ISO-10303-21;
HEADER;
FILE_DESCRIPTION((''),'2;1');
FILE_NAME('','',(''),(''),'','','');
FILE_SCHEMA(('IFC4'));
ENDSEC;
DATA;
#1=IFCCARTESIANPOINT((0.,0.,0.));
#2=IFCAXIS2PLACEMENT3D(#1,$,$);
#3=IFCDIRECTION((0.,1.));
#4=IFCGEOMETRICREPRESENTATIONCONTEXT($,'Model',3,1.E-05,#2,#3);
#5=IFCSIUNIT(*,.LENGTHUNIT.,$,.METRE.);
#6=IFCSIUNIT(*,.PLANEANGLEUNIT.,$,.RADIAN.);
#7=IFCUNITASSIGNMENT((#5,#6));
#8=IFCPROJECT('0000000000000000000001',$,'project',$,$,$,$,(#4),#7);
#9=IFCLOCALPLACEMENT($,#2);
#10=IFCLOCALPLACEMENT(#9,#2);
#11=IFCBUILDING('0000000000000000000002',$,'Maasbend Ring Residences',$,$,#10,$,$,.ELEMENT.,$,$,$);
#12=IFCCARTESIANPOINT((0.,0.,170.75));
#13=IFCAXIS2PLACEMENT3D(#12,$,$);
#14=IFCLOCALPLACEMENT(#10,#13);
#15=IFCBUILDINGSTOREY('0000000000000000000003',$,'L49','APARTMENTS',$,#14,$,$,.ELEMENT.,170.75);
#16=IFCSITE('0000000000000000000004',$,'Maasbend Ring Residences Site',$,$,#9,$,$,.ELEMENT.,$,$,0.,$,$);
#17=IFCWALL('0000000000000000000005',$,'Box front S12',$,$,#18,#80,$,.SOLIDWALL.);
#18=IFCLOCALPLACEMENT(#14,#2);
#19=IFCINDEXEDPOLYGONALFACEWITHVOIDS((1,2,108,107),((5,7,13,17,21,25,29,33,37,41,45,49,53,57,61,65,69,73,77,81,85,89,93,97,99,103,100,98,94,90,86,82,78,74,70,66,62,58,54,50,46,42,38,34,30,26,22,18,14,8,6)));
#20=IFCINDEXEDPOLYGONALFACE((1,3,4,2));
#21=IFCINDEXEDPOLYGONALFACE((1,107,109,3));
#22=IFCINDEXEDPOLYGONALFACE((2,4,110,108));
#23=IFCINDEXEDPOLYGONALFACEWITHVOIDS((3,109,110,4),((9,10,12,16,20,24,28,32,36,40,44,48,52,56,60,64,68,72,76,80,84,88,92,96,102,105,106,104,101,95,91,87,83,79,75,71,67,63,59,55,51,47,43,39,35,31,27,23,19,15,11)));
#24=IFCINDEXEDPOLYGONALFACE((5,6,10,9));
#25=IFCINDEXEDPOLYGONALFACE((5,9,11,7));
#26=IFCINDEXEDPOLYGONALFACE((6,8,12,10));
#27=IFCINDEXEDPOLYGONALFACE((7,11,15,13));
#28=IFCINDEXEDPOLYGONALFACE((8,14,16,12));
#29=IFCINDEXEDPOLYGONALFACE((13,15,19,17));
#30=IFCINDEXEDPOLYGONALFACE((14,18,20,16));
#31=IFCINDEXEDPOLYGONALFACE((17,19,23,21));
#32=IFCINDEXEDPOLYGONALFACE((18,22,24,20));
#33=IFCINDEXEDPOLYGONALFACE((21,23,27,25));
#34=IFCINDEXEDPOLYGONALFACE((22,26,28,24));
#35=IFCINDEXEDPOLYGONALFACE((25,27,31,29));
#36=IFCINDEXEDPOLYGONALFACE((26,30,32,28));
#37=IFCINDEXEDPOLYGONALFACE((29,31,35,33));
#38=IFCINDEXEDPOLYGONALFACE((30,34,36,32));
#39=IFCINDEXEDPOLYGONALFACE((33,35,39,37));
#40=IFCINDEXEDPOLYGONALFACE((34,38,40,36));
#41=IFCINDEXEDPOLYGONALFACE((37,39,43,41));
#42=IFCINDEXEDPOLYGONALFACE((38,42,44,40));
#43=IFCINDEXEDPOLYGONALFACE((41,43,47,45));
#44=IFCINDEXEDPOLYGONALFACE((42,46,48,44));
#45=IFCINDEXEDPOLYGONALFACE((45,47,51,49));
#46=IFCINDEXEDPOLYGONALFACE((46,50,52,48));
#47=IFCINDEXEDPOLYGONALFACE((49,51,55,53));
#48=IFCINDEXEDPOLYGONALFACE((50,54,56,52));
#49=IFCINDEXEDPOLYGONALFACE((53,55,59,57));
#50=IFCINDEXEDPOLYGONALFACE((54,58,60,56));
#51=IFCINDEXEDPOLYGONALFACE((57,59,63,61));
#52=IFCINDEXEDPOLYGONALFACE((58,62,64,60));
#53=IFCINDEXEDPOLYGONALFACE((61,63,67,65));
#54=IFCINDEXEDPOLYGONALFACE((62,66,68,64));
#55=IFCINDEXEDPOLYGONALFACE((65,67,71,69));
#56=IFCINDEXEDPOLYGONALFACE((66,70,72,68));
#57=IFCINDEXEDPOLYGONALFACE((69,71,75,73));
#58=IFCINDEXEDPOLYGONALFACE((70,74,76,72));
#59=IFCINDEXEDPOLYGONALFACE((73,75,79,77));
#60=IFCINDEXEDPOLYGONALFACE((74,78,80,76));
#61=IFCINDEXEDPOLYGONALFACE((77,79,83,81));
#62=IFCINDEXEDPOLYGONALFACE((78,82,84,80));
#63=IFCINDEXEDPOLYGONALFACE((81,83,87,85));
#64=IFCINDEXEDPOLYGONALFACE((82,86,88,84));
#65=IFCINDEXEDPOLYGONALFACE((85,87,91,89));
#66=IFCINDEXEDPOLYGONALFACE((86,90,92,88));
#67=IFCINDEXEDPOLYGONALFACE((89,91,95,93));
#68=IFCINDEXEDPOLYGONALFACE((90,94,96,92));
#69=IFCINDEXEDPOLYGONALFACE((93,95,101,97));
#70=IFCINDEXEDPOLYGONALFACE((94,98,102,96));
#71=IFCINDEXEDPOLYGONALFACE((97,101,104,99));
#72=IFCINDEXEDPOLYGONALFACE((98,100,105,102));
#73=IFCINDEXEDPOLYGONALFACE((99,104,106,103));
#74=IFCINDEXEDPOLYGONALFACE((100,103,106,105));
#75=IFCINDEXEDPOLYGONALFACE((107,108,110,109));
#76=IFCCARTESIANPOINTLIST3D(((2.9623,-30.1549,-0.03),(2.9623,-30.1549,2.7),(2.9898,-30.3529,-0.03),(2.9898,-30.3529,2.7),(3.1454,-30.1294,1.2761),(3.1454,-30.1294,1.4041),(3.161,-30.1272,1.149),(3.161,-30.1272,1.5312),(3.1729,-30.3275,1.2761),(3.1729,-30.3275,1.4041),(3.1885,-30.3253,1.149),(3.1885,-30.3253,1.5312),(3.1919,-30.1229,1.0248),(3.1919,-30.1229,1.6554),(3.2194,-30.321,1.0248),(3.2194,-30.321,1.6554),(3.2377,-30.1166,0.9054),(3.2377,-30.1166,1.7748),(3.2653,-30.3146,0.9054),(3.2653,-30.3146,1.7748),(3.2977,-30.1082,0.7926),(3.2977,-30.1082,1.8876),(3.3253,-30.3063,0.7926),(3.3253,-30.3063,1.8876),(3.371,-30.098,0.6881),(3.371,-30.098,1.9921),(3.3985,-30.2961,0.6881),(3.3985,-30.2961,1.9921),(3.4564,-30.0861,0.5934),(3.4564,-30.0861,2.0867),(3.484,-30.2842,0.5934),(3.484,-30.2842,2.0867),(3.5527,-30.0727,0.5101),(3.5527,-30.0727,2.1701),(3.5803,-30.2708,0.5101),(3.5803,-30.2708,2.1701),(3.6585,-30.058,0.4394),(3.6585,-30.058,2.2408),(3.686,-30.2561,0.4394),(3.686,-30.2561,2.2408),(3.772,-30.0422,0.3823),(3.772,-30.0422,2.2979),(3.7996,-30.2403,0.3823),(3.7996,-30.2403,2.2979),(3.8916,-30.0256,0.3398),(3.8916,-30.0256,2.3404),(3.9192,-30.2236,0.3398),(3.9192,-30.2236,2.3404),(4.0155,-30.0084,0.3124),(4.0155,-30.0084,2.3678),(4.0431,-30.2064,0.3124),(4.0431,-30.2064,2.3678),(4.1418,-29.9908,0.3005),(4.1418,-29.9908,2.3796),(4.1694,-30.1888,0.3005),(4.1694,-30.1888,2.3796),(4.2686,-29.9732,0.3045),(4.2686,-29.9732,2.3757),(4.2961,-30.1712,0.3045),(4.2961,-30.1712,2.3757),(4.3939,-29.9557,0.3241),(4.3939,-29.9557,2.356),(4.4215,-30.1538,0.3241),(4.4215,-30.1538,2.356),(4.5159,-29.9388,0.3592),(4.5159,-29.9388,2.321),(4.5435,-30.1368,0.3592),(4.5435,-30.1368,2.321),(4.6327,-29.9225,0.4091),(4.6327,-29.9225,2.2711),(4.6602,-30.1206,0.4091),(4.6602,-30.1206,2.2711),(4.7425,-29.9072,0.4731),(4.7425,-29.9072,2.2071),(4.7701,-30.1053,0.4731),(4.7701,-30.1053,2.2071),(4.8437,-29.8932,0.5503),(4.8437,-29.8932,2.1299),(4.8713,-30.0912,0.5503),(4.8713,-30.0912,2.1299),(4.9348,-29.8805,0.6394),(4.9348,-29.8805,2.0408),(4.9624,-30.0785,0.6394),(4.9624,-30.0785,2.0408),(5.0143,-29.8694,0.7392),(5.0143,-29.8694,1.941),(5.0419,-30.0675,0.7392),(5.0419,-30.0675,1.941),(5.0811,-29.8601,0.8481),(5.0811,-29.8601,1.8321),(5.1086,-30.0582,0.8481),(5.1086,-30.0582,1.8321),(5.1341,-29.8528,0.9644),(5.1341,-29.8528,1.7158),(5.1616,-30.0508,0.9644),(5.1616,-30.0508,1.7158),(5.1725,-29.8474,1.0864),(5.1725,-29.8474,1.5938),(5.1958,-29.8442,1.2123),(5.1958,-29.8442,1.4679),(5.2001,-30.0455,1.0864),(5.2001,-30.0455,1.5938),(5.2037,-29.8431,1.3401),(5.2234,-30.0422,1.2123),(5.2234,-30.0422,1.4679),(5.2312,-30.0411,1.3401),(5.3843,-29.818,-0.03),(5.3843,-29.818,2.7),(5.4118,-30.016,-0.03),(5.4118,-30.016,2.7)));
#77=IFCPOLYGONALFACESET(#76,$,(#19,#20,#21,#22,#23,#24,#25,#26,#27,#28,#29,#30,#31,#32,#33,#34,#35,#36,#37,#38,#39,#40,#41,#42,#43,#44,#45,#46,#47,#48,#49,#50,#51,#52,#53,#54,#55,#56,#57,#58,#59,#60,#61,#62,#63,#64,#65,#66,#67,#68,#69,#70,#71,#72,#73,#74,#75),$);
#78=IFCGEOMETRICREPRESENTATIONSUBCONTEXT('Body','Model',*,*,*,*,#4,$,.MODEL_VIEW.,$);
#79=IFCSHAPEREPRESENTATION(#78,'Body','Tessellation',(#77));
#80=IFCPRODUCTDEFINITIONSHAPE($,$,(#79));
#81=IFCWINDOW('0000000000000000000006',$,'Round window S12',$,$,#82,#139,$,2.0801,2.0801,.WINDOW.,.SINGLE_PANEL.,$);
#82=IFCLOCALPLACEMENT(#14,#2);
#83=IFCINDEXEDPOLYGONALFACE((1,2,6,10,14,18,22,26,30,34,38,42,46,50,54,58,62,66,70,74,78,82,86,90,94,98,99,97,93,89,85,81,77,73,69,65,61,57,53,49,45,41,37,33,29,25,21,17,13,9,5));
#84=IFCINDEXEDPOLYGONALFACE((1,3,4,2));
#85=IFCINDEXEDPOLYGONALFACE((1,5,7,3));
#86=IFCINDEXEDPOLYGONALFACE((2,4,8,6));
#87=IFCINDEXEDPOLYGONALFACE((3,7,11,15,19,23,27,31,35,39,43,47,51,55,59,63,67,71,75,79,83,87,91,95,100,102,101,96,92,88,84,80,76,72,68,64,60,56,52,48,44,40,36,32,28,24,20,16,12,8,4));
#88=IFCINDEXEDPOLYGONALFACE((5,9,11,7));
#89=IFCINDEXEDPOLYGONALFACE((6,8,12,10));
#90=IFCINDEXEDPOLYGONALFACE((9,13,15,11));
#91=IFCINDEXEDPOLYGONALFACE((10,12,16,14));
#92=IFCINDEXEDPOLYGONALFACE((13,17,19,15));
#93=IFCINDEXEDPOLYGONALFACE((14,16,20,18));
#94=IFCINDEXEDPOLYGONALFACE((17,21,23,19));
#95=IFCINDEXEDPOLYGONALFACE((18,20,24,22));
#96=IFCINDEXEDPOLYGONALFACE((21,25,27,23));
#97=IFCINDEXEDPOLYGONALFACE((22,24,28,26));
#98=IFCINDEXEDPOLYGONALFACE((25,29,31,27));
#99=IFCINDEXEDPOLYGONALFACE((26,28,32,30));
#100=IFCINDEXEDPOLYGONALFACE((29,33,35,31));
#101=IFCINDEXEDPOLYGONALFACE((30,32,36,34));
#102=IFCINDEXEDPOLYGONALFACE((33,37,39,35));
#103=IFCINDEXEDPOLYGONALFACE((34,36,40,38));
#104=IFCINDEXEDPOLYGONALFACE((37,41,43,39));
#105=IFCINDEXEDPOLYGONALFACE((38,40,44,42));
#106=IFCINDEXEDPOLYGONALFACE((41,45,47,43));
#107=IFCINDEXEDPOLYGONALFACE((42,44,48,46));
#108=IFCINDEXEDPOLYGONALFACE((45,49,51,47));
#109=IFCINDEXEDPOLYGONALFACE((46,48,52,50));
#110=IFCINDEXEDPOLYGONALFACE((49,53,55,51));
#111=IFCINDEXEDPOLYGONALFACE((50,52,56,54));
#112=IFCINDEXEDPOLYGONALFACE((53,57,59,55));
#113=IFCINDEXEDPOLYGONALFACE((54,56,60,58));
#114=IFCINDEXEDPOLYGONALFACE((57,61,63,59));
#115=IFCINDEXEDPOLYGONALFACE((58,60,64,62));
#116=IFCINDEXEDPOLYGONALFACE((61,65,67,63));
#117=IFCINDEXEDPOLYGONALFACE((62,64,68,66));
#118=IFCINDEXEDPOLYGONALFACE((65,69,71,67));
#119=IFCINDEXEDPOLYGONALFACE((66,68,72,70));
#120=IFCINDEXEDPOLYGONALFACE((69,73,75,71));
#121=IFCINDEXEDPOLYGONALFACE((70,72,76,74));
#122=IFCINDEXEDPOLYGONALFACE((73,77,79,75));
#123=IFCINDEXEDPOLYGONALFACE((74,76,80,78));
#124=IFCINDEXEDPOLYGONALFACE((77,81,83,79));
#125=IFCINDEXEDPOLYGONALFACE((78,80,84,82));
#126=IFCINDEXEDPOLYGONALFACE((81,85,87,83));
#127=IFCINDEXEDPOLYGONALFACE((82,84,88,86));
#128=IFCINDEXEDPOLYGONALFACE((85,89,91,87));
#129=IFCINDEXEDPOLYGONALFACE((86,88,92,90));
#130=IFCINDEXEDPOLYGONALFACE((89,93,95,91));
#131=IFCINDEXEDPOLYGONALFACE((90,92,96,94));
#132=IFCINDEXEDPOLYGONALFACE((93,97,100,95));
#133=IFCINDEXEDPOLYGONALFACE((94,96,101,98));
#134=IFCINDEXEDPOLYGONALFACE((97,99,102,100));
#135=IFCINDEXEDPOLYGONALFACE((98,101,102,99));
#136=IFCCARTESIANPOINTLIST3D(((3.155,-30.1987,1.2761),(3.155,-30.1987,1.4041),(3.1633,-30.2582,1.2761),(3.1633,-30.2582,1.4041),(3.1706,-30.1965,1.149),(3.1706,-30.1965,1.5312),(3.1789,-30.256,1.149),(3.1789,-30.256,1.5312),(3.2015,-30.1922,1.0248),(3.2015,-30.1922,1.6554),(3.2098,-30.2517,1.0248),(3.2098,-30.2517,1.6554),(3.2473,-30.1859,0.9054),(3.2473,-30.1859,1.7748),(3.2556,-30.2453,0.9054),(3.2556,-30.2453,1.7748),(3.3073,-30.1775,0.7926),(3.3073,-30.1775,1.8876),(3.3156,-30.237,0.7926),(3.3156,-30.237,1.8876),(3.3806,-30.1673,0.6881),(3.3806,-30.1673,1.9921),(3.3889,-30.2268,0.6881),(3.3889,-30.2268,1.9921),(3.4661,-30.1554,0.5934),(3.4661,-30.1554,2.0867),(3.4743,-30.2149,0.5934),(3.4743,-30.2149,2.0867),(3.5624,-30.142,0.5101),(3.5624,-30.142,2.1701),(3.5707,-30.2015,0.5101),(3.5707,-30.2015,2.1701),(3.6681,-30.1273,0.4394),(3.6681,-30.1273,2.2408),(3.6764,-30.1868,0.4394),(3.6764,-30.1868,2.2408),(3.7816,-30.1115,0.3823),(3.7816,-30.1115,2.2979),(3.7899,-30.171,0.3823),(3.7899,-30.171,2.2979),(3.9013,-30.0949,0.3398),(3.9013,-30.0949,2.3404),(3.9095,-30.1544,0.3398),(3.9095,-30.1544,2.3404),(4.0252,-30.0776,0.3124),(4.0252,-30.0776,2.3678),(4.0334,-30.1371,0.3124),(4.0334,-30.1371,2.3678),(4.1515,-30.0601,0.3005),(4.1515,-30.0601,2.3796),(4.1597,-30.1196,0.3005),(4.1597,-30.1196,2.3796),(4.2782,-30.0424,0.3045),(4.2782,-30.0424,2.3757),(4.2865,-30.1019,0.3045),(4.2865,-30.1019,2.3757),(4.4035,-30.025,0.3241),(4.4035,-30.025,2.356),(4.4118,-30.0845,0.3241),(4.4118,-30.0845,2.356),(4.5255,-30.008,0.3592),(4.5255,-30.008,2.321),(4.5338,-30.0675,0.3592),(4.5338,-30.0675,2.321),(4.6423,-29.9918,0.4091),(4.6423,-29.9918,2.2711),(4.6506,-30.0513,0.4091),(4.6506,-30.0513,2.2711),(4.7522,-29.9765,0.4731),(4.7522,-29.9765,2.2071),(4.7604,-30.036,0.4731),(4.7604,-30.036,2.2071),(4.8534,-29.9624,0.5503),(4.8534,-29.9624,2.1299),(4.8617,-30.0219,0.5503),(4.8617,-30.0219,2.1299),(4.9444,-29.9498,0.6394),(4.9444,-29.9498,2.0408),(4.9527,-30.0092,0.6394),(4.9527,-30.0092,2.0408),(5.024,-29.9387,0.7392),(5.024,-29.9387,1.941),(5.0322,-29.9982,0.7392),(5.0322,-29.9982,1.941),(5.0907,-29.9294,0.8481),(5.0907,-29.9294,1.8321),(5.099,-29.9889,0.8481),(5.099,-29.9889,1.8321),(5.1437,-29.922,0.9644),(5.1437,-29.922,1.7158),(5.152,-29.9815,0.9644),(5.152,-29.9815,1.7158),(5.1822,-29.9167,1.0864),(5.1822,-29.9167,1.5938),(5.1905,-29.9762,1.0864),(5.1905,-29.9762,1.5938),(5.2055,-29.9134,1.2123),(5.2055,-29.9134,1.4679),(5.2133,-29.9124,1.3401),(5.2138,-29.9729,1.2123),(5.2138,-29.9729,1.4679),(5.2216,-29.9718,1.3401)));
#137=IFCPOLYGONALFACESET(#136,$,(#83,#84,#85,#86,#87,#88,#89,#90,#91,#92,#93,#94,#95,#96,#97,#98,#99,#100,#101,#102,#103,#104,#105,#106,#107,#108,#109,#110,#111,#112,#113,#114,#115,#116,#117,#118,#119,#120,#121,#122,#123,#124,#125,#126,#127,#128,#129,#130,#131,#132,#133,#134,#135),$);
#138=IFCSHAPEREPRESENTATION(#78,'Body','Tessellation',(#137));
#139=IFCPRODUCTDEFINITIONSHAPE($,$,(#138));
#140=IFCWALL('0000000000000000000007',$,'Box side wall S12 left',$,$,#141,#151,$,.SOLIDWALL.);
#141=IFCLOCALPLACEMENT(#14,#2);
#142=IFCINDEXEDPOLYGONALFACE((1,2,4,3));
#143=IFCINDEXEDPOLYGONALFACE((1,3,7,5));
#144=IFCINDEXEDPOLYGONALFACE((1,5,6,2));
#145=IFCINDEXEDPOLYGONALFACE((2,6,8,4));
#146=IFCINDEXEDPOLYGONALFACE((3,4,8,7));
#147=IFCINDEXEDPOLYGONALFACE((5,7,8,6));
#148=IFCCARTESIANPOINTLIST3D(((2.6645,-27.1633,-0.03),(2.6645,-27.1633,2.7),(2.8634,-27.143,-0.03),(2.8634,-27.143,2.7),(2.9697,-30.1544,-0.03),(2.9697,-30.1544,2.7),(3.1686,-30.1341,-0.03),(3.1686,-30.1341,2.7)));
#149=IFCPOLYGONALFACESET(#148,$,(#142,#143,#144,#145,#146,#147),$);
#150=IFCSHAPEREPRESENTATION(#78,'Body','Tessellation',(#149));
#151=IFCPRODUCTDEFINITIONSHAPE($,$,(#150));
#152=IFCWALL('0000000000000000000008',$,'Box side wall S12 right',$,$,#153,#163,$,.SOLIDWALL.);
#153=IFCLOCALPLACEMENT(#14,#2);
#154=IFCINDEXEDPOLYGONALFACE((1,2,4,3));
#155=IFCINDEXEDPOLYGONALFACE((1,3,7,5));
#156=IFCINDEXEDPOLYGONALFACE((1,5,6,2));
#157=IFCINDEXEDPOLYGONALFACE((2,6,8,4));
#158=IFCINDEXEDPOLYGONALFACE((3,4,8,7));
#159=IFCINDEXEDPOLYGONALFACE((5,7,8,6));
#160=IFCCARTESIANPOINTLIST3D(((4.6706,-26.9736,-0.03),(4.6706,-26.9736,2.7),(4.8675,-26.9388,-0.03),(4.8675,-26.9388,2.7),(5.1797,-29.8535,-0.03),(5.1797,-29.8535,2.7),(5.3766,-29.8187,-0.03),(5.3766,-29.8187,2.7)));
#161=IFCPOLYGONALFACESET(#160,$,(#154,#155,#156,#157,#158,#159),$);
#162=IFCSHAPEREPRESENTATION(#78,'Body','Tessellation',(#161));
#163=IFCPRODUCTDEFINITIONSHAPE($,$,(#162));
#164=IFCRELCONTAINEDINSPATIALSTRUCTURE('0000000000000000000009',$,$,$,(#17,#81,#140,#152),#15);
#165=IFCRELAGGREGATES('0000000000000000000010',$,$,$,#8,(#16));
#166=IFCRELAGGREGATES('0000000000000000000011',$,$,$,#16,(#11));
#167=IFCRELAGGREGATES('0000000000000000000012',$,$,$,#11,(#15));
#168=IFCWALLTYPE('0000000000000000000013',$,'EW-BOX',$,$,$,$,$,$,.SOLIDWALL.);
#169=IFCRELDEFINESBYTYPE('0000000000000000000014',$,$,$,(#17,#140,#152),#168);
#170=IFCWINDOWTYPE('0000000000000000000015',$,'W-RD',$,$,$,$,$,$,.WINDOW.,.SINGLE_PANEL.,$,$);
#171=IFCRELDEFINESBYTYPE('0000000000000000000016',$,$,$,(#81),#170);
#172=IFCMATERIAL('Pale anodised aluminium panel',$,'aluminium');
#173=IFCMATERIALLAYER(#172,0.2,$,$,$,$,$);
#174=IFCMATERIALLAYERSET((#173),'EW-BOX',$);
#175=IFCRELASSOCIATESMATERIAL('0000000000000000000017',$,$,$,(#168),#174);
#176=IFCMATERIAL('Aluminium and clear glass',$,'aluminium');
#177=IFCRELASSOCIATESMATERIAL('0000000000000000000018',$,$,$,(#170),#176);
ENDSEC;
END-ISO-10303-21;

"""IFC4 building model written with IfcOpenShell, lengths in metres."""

from ifc_helpers import new_model, si_unit, direction, frame, frame_2d, origin, place, context, subcontext, project, spatial, rectangle, circle, extrude, material, layer, layer_set, type_object, element, fill, save


model = new_model("IFC4")

# Units and contexts
model_context = context("Model", 3, precision=1e-05, world=origin(), true_north=direction((0.0, 1.0)))
body_context = subcontext(model_context, "Body", "Model", "MODEL_VIEW")
ifc_project = project(units=[si_unit("LENGTHUNIT", "METRE"), si_unit("PLANEANGLEUNIT", "RADIAN")], contexts=[model_context])

# Site, building, storey
site_placement = place(None, origin())
site = spatial("IfcSite", under=ifc_project, at=site_placement, Name="Maasbend Ring Residences Site", CompositionType="ELEMENT", RefElevation=0.0)
building_placement = place(site_placement, origin())
building = spatial("IfcBuilding", under=site, at=building_placement, Name="Maasbend Ring Residences", CompositionType="ELEMENT")
storey_placement = place(building_placement, frame((0.0, 0.0, 170.75)))
storey = spatial("IfcBuildingStorey", under=building, at=storey_placement, Name="L49", Description="APARTMENTS", CompositionType="ELEMENT", Elevation=170.75)

# Wall, opening, window
ifc_material_1 = material(Name="Pale anodised aluminium panel", Category="aluminium")
ifc_layer_1 = layer(ifc_material_1, 0.2)
ifc_layer_set_1 = layer_set([ifc_layer_1], Name="EW-BOX")
wall_type_1 = type_object("IfcWallType", Name="EW-BOX", PredefinedType="SOLIDWALL", material=ifc_layer_set_1)
wall_1_placement = place(storey_placement, frame((2.9761, -30.2539, -0.03), z_axis=(0.0, 0.0, 1.0), x_axis=(0.990462, 0.137786, 0.0)))
wall_1 = element("IfcWall", 1, at=wall_1_placement, inside=storey, type_object=wall_type_1, Name="Box front S12", PredefinedType="SOLIDWALL", context=body_context, shape_type="SweptSolid", body=[
    extrude(rectangle(XDim=2.4453, YDim=0.2, at=frame_2d((1.2227, 0.0))), origin(), (0.0, 0.0, 1.0), 2.73),
])
opening_1_placement = place(wall_1_placement, frame((0.1829, 0.0, 0.3301)))
opening_1 = element("IfcOpeningElement", 2, at=opening_1_placement, cuts=wall_1, PredefinedType="OPENING", context=body_context, shape_type="SweptSolid", body=[
    extrude(circle(Radius=1.04, at=frame_2d((1.04, 1.04))), frame((0.0, 0.1099, 0.0), z_axis=(0.0, -1.0, 0.0), x_axis=(1.0, 0.0, 0.0)), (0.0, 0.0, 1.0), 0.22),
])
ifc_material_2 = material(Name="Aluminium and clear glass", Category="aluminium")
window_type_1 = type_object("IfcWindowType", Name="W-RD", PartitioningType="SINGLE_PANEL", PredefinedType="WINDOW", material=ifc_material_2)
window_1_placement = place(opening_1_placement, origin())
window_1 = element("IfcWindow", 3, at=window_1_placement, inside=storey, type_object=window_type_1, Name="Round window S12", OverallHeight=2.0801, OverallWidth=2.0801, PartitioningType="SINGLE_PANEL", PredefinedType="WINDOW", context=body_context, shape_type="SweptSolid", body=[
    extrude(circle(Radius=1.04, at=frame_2d((1.04, 1.04))), frame((0.0, 0.03, 0.0), z_axis=(0.0, -1.0, 0.0), x_axis=(1.0, 0.0, 0.0)), (0.0, 0.0, 1.0), 0.0601),
])
fill(opening_1, window_1)

# Walls
wall_2_placement = place(storey_placement, frame((2.7639, -27.1531, -0.03), z_axis=(0.0, 0.0, 1.0), x_axis=(0.101505, -0.994835, 0.0)))
element("IfcWall", 4, at=wall_2_placement, inside=storey, type_object=wall_type_1, Name="Box side wall S12 left", PredefinedType="SOLIDWALL", context=body_context, shape_type="SweptSolid", body=[
    extrude(rectangle(XDim=3.0066, YDim=0.2, at=frame_2d((1.5034, 0.0))), origin(), (0.0, 0.0, 1.0), 2.73),
])
wall_3_placement = place(storey_placement, frame((4.769, -26.9561, -0.03), z_axis=(0.0, 0.0, 1.0), x_axis=(0.174057, -0.984736, 0.0)))
element("IfcWall", 5, at=wall_3_placement, inside=storey, type_object=wall_type_1, Name="Box side wall S12 right", PredefinedType="SOLIDWALL", context=body_context, shape_type="SweptSolid", body=[
    extrude(rectangle(XDim=2.9246, YDim=0.2, at=frame_2d((1.4624, 0.0))), origin(), (0.0, 0.0, 1.0), 2.73),
])

save(model, "model.ifc")
